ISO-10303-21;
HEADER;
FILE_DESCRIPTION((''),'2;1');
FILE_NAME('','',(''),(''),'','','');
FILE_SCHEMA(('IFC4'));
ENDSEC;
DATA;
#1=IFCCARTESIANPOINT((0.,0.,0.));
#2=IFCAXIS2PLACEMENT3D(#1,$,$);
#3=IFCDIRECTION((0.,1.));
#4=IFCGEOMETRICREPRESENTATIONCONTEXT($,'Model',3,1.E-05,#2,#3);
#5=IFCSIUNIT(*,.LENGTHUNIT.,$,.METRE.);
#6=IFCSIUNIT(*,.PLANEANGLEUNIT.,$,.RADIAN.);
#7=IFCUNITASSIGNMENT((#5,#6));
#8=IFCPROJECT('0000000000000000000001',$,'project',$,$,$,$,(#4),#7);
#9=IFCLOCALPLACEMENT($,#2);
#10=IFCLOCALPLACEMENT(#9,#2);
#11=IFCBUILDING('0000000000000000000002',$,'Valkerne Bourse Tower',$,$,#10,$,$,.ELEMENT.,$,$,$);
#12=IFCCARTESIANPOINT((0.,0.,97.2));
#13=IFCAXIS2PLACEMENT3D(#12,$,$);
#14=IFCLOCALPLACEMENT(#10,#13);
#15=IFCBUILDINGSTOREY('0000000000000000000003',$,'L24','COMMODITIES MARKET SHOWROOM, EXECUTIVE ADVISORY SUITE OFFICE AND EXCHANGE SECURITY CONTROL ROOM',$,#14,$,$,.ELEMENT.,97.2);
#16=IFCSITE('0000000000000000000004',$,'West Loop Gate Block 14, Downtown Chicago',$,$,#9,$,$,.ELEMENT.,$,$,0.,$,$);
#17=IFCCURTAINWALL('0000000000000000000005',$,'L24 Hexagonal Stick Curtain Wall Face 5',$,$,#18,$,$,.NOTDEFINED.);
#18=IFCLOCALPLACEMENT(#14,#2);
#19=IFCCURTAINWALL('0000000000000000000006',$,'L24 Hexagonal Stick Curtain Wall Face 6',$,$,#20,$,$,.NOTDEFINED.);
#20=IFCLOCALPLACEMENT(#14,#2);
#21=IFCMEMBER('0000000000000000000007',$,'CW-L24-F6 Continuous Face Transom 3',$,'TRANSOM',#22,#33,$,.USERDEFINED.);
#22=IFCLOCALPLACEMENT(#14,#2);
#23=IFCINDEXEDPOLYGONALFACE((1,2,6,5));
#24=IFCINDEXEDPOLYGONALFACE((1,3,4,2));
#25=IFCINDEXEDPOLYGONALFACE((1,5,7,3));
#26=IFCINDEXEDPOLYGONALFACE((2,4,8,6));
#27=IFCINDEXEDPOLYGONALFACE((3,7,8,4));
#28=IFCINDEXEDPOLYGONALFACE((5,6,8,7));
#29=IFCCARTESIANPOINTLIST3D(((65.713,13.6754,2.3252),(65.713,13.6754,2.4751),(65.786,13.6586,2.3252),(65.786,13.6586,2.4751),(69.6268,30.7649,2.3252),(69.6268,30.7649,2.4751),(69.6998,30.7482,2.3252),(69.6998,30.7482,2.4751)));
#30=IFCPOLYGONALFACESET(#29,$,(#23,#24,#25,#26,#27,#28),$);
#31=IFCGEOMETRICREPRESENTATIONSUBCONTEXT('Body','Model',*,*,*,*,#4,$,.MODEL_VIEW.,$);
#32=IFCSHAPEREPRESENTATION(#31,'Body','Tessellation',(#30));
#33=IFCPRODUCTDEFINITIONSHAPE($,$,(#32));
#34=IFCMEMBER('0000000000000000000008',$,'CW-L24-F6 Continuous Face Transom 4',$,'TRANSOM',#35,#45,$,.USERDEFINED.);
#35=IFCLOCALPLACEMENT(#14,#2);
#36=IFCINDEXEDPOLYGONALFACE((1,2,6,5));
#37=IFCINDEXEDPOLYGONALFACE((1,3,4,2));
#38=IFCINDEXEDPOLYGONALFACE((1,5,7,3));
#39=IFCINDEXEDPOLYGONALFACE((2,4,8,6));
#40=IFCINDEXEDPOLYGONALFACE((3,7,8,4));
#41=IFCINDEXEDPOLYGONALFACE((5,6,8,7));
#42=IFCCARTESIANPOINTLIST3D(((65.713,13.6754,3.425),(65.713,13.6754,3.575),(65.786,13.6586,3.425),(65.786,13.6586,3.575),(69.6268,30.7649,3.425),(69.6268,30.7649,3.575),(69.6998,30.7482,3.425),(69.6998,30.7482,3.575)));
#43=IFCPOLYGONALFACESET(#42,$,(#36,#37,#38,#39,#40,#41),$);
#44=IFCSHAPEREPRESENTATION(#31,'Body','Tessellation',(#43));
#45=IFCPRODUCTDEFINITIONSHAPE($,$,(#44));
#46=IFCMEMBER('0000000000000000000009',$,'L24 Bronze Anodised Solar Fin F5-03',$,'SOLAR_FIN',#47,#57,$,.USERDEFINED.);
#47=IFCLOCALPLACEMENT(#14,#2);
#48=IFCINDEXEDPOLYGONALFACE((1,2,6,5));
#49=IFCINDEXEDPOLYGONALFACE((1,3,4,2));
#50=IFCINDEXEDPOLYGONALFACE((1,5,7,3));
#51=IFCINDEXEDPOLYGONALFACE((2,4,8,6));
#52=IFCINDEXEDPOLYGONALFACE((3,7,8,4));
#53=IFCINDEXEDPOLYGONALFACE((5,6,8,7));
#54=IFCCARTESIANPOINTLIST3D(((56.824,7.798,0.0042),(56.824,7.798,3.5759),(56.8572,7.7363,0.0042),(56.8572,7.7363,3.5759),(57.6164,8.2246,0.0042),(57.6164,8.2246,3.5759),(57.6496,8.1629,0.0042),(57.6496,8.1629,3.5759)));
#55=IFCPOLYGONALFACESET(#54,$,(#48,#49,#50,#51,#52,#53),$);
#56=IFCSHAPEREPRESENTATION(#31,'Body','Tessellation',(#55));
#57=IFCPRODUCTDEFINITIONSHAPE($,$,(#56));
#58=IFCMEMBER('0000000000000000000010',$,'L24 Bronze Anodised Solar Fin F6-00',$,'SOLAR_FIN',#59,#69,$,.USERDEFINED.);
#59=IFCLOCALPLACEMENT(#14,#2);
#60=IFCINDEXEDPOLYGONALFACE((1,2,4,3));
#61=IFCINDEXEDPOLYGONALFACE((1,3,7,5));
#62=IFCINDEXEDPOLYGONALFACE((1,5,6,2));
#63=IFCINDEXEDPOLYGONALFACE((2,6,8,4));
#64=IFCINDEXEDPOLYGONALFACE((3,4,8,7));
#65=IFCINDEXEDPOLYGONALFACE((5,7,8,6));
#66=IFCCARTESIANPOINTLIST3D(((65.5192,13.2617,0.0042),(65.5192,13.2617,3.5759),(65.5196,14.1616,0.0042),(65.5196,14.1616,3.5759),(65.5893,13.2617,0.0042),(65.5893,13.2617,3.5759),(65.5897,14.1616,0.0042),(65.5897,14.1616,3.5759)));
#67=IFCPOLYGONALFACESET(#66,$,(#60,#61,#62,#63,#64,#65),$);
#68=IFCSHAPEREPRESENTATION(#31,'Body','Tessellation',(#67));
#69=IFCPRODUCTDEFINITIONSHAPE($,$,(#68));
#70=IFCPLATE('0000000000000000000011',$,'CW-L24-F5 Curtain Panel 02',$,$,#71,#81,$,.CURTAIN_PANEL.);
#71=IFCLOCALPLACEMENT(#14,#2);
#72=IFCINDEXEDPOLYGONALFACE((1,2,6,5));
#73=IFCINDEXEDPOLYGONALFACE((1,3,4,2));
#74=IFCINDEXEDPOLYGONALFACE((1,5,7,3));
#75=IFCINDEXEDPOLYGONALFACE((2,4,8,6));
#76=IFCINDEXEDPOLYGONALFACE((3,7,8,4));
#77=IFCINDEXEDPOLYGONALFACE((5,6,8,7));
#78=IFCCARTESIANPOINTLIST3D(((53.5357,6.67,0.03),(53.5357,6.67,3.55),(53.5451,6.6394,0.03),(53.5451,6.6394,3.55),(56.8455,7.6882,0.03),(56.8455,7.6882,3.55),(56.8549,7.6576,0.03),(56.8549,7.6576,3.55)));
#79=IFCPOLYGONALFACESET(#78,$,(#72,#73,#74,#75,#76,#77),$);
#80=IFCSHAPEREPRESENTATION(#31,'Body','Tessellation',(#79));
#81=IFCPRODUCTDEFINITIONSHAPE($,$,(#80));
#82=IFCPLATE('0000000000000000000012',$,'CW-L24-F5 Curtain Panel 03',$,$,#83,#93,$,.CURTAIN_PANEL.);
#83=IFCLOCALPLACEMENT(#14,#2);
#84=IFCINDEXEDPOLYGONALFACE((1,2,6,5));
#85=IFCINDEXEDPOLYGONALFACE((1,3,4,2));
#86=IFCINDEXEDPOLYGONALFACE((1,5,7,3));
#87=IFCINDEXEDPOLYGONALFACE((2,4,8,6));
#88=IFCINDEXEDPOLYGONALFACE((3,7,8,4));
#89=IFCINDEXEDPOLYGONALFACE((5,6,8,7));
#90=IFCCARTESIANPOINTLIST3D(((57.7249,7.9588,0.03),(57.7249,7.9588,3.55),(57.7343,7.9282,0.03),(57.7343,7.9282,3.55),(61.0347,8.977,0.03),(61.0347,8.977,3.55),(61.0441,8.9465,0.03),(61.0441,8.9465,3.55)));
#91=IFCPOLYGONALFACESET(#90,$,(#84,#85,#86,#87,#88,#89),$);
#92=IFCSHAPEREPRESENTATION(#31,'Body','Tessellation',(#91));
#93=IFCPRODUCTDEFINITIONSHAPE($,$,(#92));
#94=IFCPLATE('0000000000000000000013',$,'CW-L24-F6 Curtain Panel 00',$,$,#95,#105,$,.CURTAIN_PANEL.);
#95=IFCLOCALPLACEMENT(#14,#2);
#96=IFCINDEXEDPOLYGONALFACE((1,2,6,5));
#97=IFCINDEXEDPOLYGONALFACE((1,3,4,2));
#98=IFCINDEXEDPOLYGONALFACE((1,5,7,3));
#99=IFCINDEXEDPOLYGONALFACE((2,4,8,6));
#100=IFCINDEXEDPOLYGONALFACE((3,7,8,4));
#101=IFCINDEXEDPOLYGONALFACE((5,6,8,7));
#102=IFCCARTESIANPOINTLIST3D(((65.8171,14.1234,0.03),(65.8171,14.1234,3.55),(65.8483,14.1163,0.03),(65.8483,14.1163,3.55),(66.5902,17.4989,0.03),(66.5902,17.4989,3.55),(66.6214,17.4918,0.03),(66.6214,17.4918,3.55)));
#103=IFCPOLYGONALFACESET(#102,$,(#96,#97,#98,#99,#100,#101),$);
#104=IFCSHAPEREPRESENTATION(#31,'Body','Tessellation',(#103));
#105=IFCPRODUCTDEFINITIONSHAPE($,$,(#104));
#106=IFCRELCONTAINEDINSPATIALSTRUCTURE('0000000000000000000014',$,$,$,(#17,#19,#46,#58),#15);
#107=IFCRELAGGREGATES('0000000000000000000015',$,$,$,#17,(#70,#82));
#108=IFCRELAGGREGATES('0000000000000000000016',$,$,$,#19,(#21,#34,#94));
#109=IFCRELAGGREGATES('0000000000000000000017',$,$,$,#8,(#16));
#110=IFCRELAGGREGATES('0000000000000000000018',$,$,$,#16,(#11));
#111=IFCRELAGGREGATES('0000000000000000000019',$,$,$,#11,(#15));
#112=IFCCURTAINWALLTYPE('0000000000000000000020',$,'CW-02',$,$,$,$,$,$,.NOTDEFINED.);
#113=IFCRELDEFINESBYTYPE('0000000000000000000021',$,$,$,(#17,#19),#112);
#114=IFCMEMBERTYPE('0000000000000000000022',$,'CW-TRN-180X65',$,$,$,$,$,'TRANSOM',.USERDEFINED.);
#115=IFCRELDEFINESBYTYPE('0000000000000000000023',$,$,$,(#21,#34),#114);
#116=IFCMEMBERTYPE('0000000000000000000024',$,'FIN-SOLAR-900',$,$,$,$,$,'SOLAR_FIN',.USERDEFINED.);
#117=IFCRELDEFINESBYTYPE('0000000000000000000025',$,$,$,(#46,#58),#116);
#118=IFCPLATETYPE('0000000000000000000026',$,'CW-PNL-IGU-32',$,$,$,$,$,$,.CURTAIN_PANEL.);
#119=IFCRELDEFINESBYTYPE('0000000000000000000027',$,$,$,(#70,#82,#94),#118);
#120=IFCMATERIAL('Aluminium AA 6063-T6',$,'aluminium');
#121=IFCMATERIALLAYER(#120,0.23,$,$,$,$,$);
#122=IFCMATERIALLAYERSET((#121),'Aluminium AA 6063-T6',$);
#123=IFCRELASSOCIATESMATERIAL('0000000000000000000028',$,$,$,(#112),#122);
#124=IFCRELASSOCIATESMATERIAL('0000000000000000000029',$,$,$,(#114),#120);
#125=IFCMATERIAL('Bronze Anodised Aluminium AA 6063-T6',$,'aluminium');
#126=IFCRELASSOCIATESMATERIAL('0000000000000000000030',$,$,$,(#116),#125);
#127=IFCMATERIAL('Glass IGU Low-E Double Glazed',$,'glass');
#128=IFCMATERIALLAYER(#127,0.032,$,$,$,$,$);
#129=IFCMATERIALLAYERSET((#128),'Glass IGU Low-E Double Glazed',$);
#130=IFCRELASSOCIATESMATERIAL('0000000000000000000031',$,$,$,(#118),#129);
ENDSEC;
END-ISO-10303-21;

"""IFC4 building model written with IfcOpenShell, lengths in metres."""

from ifc_helpers import new_model, si_unit, direction, frame, origin, origin_2d, place, context, subcontext, project, spatial, rectangle, extrude, material, layer, layer_set, material_profile, profile_set, type_object, element, aggregate, save


model = new_model("IFC4")

# Units and contexts
model_context = context("Model", 3, precision=1e-05, world=origin(), true_north=direction((0.0, 1.0)))
body_context = subcontext(model_context, "Body", "Model", "MODEL_VIEW")
ifc_project = project(units=[si_unit("LENGTHUNIT", "METRE"), si_unit("PLANEANGLEUNIT", "RADIAN")], contexts=[model_context])

# Site, building, storey
site_placement = place(None, origin())
site = spatial("IfcSite", under=ifc_project, at=site_placement, Name="West Loop Gate Block 14, Downtown Chicago", CompositionType="ELEMENT", RefElevation=0.0)
building_placement = place(site_placement, origin())
building = spatial("IfcBuilding", under=site, at=building_placement, Name="Valkerne Bourse Tower", CompositionType="ELEMENT")
storey_placement = place(building_placement, frame((0.0, 0.0, 97.2)))
storey = spatial("IfcBuildingStorey", under=building, at=storey_placement, Name="L24", Description="COMMODITIES MARKET SHOWROOM, EXECUTIVE ADVISORY SUITE OFFICE AND EXCHANGE SECURITY CONTROL ROOM", CompositionType="ELEMENT", Elevation=97.2)

# Curtain walls, members
ifc_material_1 = material(Name="Aluminium AA 6063-T6", Category="aluminium")
ifc_layer_1 = layer(ifc_material_1, 0.23)
ifc_layer_set_1 = layer_set([ifc_layer_1], Name="Aluminium AA 6063-T6")
curtain_wall_type = type_object("IfcCurtainWallType", Name="CW-02", PredefinedType="NOTDEFINED", material=ifc_layer_set_1)
curtain_wall_1_placement = place(storey_placement, origin())
curtain_wall_1 = element("IfcCurtainWall", 1, at=curtain_wall_1_placement, inside=storey, type_object=curtain_wall_type, Name="L24 Hexagonal Stick Curtain Wall Face 5", PredefinedType="NOTDEFINED")
curtain_wall_2_placement = place(storey_placement, origin())
curtain_wall_2 = element("IfcCurtainWall", 2, at=curtain_wall_2_placement, inside=storey, type_object=curtain_wall_type, Name="L24 Hexagonal Stick Curtain Wall Face 6", PredefinedType="NOTDEFINED")
ifc_material_profile_1 = material_profile(ifc_material_1, rectangle(XDim=0.075, YDim=0.1499, at=origin_2d()), Name="CWT-75X150")
ifc_profile_set_1 = profile_set([ifc_material_profile_1], Name="Aluminium AA 6063-T6")
member_type_1 = type_object("IfcMemberType", Name="CW-TRN-180X65", ElementType="TRANSOM", PredefinedType="USERDEFINED", material=ifc_profile_set_1)
member_1_placement = place(storey_placement, frame((65.7495, 13.667, 2.4001), z_axis=(0.223238, 0.974764, 0.0), x_axis=(-0.974764, 0.223238, 0.0)))
member_1 = element("IfcMember", 3, at=member_1_placement, type_object=member_type_1, Name="CW-L24-F6 Continuous Face Transom 3", ObjectType="TRANSOM", PredefinedType="USERDEFINED", context=body_context, shape_type="SweptSolid", body=[
    extrude(rectangle(XDim=0.075, YDim=0.1499, at=origin_2d()), origin(), (0.0, 0.0, 1.0), 17.532),
])
member_2_placement = place(storey_placement, frame((65.7495, 13.667, 3.5), z_axis=(0.223238, 0.974764, 0.0), x_axis=(-0.974764, 0.223238, 0.0)))
member_2 = element("IfcMember", 4, at=member_2_placement, type_object=member_type_1, Name="CW-L24-F6 Continuous Face Transom 4", ObjectType="TRANSOM", PredefinedType="USERDEFINED", context=body_context, shape_type="SweptSolid", body=[
    extrude(rectangle(XDim=0.075, YDim=0.1499, at=origin_2d()), origin(), (0.0, 0.0, 1.0), 17.532),
])

# Members
ifc_material_2 = material(Name="Bronze Anodised Aluminium AA 6063-T6", Category="aluminium")
ifc_material_profile_2 = material_profile(ifc_material_2, rectangle(XDim=0.0701, YDim=0.8999, at=origin_2d()), Name="FIN-70X900")
ifc_profile_set_2 = profile_set([ifc_material_profile_2], Name="Bronze Anodised Aluminium AA 6063-T6")
member_type_2 = type_object("IfcMemberType", Name="FIN-SOLAR-900", ElementType="SOLAR_FIN", PredefinedType="USERDEFINED", material=ifc_profile_set_2)
for number, where, z_axis, x_axis, name in (
    (5, (57.2368, 7.9805, 0.0042), (0.0, 0.0, 1.0), (0.474028, -0.88051, 0.0), "L24 Bronze Anodised Solar Fin F5-03"),
    (6, (65.5544, 13.7117, 0.0042), (0.0, 0.0, 1.0), (1.0, -0.000391, 0.0), "L24 Bronze Anodised Solar Fin F6-00"),
):
    element("IfcMember", number, at=place(storey_placement, frame(where, z_axis=z_axis, x_axis=x_axis)), inside=storey, type_object=member_type_2, Name=name, ObjectType="SOLAR_FIN", PredefinedType="USERDEFINED", context=body_context, shape_type="SweptSolid", body=[
        extrude(rectangle(XDim=0.0701, YDim=0.8999, at=origin_2d()), origin(), (0.0, 0.0, 1.0), 3.5718),
    ])

# Plates
ifc_material_3 = material(Name="Glass IGU Low-E Double Glazed", Category="glass")
ifc_layer_2 = layer(ifc_material_3, 0.032)
ifc_layer_set_2 = layer_set([ifc_layer_2], Name="Glass IGU Low-E Double Glazed")
plate_type = type_object("IfcPlateType", Name="CW-PNL-IGU-32", PredefinedType="CURTAIN_PANEL", material=ifc_layer_set_2)
plate_1_placement = place(storey_placement, frame((55.1953, 7.1638, 0.03), z_axis=(0.0, 0.0, 1.0), x_axis=(0.955793, 0.294041, 0.0)))
plate_1 = element("IfcPlate", 7, at=plate_1_placement, type_object=plate_type, Name="CW-L24-F5 Curtain Panel 02", PredefinedType="CURTAIN_PANEL", context=body_context, shape_type="SweptSolid", body=[
    extrude(rectangle(XDim=3.4629, YDim=0.032, at=origin_2d()), origin(), (0.0, 0.0, 1.0), 3.52),
])
plate_2_placement = place(storey_placement, frame((59.3845, 8.4526, 0.03), z_axis=(0.0, 0.0, 1.0), x_axis=(0.955791, 0.294047, 0.0)))
plate_2 = element("IfcPlate", 8, at=plate_2_placement, type_object=plate_type, Name="CW-L24-F5 Curtain Panel 03", PredefinedType="CURTAIN_PANEL", context=body_context, shape_type="SweptSolid", body=[
    extrude(rectangle(XDim=3.4629, YDim=0.032, at=origin_2d()), origin(), (0.0, 0.0, 1.0), 3.52),
])
aggregate(curtain_wall_1, [plate_1, plate_2])
plate_3_placement = place(storey_placement, frame((66.2192, 15.8076, 0.03), z_axis=(0.0, 0.0, 1.0), x_axis=(0.223248, 0.974762, 0.0)))
plate_3 = element("IfcPlate", 9, at=plate_3_placement, type_object=plate_type, Name="CW-L24-F6 Curtain Panel 00", PredefinedType="CURTAIN_PANEL", context=body_context, shape_type="SweptSolid", body=[
    extrude(rectangle(XDim=3.4629, YDim=0.032, at=origin_2d()), origin(), (0.0, 0.0, 1.0), 3.52),
])
aggregate(curtain_wall_2, [member_1, member_2, plate_3])

save(model, "model.ifc")
